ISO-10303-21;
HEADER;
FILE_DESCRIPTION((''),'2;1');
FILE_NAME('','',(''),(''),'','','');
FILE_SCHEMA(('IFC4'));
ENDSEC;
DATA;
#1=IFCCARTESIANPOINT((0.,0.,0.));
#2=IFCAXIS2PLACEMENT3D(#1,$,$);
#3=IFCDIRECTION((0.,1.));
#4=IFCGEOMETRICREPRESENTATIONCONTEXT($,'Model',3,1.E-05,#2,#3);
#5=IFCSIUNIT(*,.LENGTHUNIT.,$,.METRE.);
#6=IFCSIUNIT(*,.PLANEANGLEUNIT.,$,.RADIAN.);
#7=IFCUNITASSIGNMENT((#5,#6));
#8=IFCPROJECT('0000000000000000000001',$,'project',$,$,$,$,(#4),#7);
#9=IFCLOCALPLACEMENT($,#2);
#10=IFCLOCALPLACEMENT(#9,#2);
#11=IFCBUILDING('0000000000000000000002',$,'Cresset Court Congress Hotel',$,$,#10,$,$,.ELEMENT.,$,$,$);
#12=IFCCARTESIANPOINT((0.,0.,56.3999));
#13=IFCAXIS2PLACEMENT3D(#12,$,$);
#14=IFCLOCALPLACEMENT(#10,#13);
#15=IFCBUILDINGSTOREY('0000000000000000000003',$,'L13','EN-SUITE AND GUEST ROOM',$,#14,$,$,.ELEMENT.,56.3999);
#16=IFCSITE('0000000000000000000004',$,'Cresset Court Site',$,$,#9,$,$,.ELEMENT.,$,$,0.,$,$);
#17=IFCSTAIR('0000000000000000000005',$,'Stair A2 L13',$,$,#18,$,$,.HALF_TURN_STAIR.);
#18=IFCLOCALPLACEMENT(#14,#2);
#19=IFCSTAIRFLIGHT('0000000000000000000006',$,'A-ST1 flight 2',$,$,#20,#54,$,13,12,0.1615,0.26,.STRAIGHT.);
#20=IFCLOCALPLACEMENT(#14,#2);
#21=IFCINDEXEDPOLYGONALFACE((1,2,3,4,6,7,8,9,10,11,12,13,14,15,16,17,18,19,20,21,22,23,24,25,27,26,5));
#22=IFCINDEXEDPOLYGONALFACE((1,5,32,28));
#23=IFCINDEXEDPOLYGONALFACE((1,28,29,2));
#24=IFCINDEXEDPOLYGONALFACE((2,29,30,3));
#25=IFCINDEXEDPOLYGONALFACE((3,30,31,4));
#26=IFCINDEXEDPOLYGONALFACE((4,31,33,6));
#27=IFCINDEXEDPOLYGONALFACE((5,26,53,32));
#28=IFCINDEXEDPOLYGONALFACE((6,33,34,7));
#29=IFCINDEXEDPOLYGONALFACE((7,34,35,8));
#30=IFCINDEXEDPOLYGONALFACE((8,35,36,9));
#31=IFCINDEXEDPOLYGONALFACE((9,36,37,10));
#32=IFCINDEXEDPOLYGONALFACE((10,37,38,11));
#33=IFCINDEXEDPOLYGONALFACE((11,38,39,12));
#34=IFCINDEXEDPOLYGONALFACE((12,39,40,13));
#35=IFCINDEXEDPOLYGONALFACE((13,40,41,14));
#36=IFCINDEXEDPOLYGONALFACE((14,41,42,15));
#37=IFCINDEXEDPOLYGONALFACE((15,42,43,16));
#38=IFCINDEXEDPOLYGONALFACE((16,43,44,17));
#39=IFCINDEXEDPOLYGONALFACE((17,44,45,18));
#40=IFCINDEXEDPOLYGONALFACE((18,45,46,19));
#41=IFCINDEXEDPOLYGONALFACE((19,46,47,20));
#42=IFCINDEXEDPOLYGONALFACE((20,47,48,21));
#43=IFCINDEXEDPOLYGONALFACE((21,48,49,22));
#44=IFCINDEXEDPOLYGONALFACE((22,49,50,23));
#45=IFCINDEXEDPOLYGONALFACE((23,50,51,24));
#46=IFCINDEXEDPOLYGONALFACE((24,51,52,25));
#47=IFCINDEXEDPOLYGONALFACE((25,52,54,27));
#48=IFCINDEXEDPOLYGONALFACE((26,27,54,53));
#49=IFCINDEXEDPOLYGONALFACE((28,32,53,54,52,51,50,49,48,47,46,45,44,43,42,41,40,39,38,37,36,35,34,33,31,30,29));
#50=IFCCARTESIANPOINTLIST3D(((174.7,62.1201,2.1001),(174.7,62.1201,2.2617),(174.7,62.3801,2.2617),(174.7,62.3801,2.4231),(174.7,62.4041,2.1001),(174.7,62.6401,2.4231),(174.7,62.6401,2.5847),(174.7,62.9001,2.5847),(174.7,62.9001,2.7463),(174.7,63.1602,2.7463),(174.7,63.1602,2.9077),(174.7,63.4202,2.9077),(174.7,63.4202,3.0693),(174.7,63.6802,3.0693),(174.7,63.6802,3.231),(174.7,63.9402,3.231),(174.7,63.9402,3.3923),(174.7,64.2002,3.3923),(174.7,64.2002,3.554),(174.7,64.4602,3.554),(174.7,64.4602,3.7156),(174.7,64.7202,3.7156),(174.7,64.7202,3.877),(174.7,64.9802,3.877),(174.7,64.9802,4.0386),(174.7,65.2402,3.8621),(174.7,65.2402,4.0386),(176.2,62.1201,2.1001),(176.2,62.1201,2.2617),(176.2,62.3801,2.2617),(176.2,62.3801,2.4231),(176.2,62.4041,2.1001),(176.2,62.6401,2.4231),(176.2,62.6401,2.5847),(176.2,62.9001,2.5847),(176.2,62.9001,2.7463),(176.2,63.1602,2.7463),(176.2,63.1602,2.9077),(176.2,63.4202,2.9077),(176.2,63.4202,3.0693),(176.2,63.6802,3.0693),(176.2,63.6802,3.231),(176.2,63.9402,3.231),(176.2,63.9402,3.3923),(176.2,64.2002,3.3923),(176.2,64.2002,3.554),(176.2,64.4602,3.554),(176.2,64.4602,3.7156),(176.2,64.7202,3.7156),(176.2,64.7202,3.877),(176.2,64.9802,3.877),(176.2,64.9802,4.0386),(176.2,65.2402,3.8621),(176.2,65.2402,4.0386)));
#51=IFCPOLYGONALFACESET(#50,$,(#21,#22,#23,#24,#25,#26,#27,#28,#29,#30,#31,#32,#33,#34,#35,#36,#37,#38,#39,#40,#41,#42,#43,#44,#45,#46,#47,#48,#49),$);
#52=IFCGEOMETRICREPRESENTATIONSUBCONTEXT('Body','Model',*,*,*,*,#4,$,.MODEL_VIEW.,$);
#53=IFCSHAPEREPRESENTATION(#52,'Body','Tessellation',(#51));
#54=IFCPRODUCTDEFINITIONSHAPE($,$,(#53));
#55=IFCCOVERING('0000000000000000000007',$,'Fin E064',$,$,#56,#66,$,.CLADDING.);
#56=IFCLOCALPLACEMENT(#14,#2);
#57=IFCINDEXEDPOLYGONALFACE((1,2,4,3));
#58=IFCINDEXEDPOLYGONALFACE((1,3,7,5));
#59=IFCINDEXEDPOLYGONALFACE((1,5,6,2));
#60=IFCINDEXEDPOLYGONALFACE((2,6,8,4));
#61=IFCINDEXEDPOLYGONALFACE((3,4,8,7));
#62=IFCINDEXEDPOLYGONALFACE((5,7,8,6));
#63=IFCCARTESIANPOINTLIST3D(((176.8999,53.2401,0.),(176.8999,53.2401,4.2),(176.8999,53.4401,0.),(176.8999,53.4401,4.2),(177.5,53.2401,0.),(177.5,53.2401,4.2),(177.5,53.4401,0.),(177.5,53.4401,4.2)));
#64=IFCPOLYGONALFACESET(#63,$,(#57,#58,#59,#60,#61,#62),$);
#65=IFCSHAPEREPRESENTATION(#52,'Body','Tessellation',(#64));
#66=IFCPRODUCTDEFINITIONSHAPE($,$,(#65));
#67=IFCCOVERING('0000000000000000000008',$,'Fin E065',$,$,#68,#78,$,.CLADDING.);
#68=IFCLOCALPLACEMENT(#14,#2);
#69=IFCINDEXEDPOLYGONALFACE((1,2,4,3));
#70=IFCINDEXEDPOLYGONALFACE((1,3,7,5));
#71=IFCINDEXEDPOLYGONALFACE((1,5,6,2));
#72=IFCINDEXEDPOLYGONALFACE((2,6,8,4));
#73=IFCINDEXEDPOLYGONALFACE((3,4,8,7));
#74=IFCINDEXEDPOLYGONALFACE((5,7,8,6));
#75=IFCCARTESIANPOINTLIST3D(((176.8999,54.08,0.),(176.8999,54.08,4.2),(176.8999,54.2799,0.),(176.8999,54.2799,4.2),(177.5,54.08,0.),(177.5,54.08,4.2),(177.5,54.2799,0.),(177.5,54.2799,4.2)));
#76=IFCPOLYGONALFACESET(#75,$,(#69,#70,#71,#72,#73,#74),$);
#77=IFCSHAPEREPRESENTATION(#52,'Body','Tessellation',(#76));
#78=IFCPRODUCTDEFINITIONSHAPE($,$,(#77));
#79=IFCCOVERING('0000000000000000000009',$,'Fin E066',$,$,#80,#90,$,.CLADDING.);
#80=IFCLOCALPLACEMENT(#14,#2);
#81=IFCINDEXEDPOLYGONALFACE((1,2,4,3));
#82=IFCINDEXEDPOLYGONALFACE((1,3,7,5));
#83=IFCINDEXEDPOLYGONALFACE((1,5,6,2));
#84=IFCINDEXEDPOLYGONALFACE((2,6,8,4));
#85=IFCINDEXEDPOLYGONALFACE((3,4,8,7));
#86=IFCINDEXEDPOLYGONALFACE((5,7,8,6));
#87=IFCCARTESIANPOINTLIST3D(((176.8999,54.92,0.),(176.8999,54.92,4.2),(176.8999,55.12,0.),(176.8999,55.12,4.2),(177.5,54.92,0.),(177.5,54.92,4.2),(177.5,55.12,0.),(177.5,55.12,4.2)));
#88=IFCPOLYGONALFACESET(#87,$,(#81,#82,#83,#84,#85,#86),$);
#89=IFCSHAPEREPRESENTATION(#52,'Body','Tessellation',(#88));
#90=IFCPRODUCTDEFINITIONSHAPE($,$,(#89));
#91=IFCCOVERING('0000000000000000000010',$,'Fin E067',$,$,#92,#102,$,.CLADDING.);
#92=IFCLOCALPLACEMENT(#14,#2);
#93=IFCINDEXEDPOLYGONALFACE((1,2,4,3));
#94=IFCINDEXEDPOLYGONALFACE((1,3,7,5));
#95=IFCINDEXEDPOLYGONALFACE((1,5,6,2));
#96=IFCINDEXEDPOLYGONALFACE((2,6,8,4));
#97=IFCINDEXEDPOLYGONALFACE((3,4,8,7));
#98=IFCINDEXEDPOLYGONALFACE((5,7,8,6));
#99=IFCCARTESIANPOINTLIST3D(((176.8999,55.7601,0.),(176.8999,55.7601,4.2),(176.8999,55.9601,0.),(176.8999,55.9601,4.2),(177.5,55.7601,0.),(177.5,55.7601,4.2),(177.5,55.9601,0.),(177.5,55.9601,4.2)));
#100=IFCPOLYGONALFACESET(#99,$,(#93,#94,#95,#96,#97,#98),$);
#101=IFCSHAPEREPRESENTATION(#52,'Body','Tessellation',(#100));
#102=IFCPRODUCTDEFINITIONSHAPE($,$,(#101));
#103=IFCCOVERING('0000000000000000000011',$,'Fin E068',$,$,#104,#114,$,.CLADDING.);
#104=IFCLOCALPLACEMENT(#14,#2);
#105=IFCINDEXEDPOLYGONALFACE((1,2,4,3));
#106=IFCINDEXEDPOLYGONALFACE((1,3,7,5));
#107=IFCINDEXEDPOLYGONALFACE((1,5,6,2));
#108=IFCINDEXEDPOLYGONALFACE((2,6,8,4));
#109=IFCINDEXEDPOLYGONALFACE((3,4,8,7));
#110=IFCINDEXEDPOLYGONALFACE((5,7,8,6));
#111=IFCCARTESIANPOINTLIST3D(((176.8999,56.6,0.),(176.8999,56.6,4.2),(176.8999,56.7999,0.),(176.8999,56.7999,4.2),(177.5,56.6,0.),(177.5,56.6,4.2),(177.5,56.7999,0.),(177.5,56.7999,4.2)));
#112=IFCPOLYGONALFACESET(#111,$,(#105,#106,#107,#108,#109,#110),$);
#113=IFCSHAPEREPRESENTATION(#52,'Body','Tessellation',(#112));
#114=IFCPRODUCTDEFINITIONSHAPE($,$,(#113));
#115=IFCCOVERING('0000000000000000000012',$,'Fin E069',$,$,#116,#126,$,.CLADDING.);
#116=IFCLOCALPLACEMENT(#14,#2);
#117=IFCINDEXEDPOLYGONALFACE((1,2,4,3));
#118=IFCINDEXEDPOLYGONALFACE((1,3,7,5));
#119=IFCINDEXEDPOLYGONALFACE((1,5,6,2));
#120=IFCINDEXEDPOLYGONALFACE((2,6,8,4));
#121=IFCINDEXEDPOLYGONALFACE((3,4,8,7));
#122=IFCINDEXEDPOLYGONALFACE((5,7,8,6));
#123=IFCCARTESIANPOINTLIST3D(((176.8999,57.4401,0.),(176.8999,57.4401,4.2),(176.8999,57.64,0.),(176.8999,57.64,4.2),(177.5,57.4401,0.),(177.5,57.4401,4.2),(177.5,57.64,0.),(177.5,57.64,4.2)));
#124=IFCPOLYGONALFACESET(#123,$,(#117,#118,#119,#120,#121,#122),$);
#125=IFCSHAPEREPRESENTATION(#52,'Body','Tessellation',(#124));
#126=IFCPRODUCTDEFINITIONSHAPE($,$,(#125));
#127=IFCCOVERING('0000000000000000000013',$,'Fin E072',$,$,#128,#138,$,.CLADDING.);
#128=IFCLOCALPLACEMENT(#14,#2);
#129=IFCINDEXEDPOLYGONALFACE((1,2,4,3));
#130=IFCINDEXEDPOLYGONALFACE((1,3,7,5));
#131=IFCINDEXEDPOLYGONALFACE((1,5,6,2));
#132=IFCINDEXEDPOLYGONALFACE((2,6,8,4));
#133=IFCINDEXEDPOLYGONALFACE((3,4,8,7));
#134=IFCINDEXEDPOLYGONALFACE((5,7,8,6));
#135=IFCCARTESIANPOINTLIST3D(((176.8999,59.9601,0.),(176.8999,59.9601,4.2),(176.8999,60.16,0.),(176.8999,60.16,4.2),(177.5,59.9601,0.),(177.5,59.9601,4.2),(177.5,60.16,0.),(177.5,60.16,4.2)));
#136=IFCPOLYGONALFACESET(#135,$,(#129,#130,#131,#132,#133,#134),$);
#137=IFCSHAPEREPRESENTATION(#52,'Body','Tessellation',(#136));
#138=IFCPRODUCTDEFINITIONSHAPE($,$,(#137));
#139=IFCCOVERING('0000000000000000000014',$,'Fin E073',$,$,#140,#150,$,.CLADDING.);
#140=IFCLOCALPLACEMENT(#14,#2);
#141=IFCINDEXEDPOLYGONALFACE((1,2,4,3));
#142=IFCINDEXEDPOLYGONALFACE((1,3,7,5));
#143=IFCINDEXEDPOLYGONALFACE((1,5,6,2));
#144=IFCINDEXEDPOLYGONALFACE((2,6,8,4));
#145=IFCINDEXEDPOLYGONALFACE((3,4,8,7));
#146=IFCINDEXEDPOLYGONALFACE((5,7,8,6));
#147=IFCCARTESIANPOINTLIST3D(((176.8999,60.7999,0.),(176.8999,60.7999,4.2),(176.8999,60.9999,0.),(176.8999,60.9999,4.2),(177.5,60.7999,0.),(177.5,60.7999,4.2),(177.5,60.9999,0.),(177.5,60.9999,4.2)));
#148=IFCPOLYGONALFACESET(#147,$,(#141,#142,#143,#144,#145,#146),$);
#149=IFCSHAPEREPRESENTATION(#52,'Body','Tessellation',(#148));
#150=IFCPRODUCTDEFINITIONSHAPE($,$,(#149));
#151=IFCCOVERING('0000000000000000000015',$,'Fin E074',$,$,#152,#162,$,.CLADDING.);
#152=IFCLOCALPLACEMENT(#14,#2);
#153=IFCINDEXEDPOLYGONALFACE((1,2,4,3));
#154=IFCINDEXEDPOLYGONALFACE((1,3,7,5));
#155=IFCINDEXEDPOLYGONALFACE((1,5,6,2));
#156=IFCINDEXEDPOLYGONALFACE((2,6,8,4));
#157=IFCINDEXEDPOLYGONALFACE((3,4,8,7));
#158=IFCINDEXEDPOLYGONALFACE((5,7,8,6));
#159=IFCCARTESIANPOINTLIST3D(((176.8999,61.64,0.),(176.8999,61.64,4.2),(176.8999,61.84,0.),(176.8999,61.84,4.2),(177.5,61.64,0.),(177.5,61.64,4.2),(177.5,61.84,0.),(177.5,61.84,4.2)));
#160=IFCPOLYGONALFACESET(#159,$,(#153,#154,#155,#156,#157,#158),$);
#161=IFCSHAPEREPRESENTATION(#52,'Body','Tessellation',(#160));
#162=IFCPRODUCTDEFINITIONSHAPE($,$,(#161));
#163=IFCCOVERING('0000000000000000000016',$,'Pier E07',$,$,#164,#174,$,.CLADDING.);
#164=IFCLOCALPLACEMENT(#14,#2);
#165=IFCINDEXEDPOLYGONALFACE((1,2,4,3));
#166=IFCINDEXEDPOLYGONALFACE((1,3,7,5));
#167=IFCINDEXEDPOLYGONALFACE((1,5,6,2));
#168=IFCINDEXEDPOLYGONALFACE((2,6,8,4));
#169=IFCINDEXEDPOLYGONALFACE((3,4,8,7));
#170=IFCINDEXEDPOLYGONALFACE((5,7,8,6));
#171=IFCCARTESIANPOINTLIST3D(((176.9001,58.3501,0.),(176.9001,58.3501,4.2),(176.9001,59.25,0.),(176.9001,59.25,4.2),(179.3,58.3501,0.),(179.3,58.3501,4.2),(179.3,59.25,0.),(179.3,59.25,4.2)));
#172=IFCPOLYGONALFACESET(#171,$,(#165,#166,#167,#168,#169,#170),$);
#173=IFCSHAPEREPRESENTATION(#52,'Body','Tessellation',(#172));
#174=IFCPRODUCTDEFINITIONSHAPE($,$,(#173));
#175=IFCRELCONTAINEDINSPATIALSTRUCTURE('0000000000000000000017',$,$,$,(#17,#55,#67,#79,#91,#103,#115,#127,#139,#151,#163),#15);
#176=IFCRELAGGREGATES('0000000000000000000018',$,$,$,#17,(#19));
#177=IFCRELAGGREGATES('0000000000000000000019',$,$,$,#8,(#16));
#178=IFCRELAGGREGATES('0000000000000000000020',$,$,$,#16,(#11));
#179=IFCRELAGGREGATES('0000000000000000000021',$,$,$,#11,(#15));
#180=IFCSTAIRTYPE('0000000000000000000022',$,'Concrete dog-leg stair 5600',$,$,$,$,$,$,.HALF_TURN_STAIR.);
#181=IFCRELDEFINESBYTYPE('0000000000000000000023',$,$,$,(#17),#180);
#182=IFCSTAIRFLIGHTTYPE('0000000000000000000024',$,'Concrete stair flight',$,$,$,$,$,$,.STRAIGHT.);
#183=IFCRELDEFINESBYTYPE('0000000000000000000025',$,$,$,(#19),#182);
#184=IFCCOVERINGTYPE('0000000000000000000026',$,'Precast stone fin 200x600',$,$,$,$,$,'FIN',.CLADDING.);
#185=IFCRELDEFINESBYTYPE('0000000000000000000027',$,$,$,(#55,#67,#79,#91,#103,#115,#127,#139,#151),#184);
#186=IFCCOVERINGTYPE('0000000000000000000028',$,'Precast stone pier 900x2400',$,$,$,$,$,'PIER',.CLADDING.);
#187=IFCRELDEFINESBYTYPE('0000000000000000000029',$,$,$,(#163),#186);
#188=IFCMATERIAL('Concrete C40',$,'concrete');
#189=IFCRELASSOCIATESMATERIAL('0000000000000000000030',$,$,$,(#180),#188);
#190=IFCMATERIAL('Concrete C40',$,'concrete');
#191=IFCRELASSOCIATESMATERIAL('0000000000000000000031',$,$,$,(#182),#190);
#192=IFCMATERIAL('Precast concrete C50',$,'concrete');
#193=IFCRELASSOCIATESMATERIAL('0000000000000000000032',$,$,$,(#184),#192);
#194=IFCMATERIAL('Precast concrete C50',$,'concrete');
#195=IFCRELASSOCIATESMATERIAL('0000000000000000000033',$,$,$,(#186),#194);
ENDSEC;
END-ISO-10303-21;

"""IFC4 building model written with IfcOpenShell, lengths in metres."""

from ifc_helpers import new_model, si_unit, direction, frame, origin, origin_2d, place, context, subcontext, project, spatial, polyline, rectangle, outline, extrude, material, type_object, element, aggregate, save


model = new_model("IFC4")

# Units and contexts
model_context = context("Model", 3, precision=1e-05, world=origin(), true_north=direction((0.0, 1.0)))
body_context = subcontext(model_context, "Body", "Model", "MODEL_VIEW")
ifc_project = project(units=[si_unit("LENGTHUNIT", "METRE"), si_unit("PLANEANGLEUNIT", "RADIAN")], contexts=[model_context])

# Site, building, storey
site_placement = place(None, origin())
site = spatial("IfcSite", under=ifc_project, at=site_placement, Name="Cresset Court Site", CompositionType="ELEMENT", RefElevation=0.0)
building_placement = place(site_placement, origin())
building = spatial("IfcBuilding", under=site, at=building_placement, Name="Cresset Court Congress Hotel", CompositionType="ELEMENT")
storey_placement = place(building_placement, frame((0.0, 0.0, 56.3999)))
storey = spatial("IfcBuildingStorey", under=building, at=storey_placement, Name="L13", Description="EN-SUITE AND GUEST ROOM", CompositionType="ELEMENT", Elevation=56.3999)

# Stair, stair flight
ifc_material_1 = material(Name="Concrete C40", Category="concrete")
stair_type = type_object("IfcStairType", Name="Concrete dog-leg stair 5600", PredefinedType="HALF_TURN_STAIR", material=ifc_material_1)
stair_placement = place(storey_placement, origin())
stair = element("IfcStair", 1, at=stair_placement, inside=storey, type_object=stair_type, Name="Stair A2 L13", PredefinedType="HALF_TURN_STAIR")
ifc_material_2 = material(Name="Concrete C40", Category="concrete")
stair_flight_type = type_object("IfcStairFlightType", Name="Concrete stair flight", PredefinedType="STRAIGHT", material=ifc_material_2)
stair_flight_placement = place(storey_placement, frame((175.45, 62.1201, 2.1001), z_axis=(0.0, 0.0, 1.0), x_axis=(0.0, 1.0, 0.0)))
stair_flight = element("IfcStairFlight", 2, at=stair_flight_placement, type_object=stair_flight_type, Name="A-ST1 flight 2", NumberOfRisers=13, NumberOfTreads=12, PredefinedType="STRAIGHT", RiserHeight=0.1615, TreadLength=0.26, context=body_context, shape_type="SweptSolid", body=[
    extrude(outline(polyline([(0.0, 0.0), (0.0, 0.1616), (0.26, 0.1616), (0.26, 0.323), (0.52, 0.323), (0.52, 0.4846), (0.78, 0.4846), (0.78, 0.6462), (1.04, 0.6462), (1.04, 0.8076), (1.3, 0.8076), (1.3, 0.9692), (1.5601, 0.9692), (1.5601, 1.1309), (1.8201, 1.1309), (1.8201, 1.2922), (2.0801, 1.2922), (2.0801, 1.4539), (2.3401, 1.4539), (2.3401, 1.6155), (2.6001, 1.6155), (2.6001, 1.7769), (2.8601, 1.7769), (2.8601, 1.9385), (3.1201, 1.9385), (3.1201, 2.1001), (3.1201, 1.762), (0.2839, 0.0), (0.0, 0.0)])), frame((0.0, 0.75, 0.0), z_axis=(0.0, -1.0, 0.0), x_axis=(1.0, 0.0, 0.0)), (0.0, 0.0, 1.0), 1.5),
])
aggregate(stair, [stair_flight])

# Coverings
ifc_material_3 = material(Name="Precast concrete C50", Category="concrete")
covering_type_1 = type_object("IfcCoveringType", Name="Precast stone fin 200x600", ElementType="FIN", PredefinedType="CLADDING", material=ifc_material_3)
for number, where, z_axis, x_axis, name in (
    (3, (177.2, 53.3401, 0.0), (0.0, 0.0, 1.0), (1.0, 0.0, 0.0), "Fin E064"),
    (4, (177.2, 54.1799, 0.0), (0.0, 0.0, 1.0), (1.0, 0.0, 0.0), "Fin E065"),
    (5, (177.2, 55.02, 0.0), (0.0, 0.0, 1.0), (1.0, 0.0, 0.0), "Fin E066"),
    (6, (177.2, 55.8601, 0.0), (0.0, 0.0, 1.0), (1.0, 0.0, 0.0), "Fin E067"),
    (7, (177.2, 56.7, 0.0), (0.0, 0.0, 1.0), (1.0, 0.0, 0.0), "Fin E068"),
    (8, (177.2, 57.54, 0.0), (0.0, 0.0, 1.0), (1.0, 0.0, 0.0), "Fin E069"),
    (9, (177.2, 60.0601, 0.0), (0.0, 0.0, 1.0), (1.0, 0.0, 0.0), "Fin E072"),
    (10, (177.2, 60.8999, 0.0), (0.0, 0.0, 1.0), (1.0, 0.0, 0.0), "Fin E073"),
    (11, (177.2, 61.74, 0.0), (0.0, 0.0, 1.0), (1.0, 0.0, 0.0), "Fin E074"),
):
    element("IfcCovering", number, at=place(storey_placement, frame(where, z_axis=z_axis, x_axis=x_axis)), inside=storey, type_object=covering_type_1, Name=name, PredefinedType="CLADDING", context=body_context, shape_type="SweptSolid", body=[
        extrude(rectangle(XDim=0.6001, YDim=0.2, at=origin_2d()), origin(), (0.0, 0.0, 1.0), 4.2),
    ])
ifc_material_4 = material(Name="Precast concrete C50", Category="concrete")
covering_type_2 = type_object("IfcCoveringType", Name="Precast stone pier 900x2400", ElementType="PIER", PredefinedType="CLADDING", material=ifc_material_4)
covering_placement = place(storey_placement, frame((178.1001, 58.8, 0.0), z_axis=(0.0, 0.0, 1.0), x_axis=(1.0, 0.0, 0.0)))
element("IfcCovering", 12, at=covering_placement, inside=storey, type_object=covering_type_2, Name="Pier E07", PredefinedType="CLADDING", context=body_context, shape_type="SweptSolid", body=[
    extrude(rectangle(XDim=2.3999, YDim=0.8999, at=origin_2d()), origin(), (0.0, 0.0, 1.0), 4.2),
])

save(model, "model.ifc")
